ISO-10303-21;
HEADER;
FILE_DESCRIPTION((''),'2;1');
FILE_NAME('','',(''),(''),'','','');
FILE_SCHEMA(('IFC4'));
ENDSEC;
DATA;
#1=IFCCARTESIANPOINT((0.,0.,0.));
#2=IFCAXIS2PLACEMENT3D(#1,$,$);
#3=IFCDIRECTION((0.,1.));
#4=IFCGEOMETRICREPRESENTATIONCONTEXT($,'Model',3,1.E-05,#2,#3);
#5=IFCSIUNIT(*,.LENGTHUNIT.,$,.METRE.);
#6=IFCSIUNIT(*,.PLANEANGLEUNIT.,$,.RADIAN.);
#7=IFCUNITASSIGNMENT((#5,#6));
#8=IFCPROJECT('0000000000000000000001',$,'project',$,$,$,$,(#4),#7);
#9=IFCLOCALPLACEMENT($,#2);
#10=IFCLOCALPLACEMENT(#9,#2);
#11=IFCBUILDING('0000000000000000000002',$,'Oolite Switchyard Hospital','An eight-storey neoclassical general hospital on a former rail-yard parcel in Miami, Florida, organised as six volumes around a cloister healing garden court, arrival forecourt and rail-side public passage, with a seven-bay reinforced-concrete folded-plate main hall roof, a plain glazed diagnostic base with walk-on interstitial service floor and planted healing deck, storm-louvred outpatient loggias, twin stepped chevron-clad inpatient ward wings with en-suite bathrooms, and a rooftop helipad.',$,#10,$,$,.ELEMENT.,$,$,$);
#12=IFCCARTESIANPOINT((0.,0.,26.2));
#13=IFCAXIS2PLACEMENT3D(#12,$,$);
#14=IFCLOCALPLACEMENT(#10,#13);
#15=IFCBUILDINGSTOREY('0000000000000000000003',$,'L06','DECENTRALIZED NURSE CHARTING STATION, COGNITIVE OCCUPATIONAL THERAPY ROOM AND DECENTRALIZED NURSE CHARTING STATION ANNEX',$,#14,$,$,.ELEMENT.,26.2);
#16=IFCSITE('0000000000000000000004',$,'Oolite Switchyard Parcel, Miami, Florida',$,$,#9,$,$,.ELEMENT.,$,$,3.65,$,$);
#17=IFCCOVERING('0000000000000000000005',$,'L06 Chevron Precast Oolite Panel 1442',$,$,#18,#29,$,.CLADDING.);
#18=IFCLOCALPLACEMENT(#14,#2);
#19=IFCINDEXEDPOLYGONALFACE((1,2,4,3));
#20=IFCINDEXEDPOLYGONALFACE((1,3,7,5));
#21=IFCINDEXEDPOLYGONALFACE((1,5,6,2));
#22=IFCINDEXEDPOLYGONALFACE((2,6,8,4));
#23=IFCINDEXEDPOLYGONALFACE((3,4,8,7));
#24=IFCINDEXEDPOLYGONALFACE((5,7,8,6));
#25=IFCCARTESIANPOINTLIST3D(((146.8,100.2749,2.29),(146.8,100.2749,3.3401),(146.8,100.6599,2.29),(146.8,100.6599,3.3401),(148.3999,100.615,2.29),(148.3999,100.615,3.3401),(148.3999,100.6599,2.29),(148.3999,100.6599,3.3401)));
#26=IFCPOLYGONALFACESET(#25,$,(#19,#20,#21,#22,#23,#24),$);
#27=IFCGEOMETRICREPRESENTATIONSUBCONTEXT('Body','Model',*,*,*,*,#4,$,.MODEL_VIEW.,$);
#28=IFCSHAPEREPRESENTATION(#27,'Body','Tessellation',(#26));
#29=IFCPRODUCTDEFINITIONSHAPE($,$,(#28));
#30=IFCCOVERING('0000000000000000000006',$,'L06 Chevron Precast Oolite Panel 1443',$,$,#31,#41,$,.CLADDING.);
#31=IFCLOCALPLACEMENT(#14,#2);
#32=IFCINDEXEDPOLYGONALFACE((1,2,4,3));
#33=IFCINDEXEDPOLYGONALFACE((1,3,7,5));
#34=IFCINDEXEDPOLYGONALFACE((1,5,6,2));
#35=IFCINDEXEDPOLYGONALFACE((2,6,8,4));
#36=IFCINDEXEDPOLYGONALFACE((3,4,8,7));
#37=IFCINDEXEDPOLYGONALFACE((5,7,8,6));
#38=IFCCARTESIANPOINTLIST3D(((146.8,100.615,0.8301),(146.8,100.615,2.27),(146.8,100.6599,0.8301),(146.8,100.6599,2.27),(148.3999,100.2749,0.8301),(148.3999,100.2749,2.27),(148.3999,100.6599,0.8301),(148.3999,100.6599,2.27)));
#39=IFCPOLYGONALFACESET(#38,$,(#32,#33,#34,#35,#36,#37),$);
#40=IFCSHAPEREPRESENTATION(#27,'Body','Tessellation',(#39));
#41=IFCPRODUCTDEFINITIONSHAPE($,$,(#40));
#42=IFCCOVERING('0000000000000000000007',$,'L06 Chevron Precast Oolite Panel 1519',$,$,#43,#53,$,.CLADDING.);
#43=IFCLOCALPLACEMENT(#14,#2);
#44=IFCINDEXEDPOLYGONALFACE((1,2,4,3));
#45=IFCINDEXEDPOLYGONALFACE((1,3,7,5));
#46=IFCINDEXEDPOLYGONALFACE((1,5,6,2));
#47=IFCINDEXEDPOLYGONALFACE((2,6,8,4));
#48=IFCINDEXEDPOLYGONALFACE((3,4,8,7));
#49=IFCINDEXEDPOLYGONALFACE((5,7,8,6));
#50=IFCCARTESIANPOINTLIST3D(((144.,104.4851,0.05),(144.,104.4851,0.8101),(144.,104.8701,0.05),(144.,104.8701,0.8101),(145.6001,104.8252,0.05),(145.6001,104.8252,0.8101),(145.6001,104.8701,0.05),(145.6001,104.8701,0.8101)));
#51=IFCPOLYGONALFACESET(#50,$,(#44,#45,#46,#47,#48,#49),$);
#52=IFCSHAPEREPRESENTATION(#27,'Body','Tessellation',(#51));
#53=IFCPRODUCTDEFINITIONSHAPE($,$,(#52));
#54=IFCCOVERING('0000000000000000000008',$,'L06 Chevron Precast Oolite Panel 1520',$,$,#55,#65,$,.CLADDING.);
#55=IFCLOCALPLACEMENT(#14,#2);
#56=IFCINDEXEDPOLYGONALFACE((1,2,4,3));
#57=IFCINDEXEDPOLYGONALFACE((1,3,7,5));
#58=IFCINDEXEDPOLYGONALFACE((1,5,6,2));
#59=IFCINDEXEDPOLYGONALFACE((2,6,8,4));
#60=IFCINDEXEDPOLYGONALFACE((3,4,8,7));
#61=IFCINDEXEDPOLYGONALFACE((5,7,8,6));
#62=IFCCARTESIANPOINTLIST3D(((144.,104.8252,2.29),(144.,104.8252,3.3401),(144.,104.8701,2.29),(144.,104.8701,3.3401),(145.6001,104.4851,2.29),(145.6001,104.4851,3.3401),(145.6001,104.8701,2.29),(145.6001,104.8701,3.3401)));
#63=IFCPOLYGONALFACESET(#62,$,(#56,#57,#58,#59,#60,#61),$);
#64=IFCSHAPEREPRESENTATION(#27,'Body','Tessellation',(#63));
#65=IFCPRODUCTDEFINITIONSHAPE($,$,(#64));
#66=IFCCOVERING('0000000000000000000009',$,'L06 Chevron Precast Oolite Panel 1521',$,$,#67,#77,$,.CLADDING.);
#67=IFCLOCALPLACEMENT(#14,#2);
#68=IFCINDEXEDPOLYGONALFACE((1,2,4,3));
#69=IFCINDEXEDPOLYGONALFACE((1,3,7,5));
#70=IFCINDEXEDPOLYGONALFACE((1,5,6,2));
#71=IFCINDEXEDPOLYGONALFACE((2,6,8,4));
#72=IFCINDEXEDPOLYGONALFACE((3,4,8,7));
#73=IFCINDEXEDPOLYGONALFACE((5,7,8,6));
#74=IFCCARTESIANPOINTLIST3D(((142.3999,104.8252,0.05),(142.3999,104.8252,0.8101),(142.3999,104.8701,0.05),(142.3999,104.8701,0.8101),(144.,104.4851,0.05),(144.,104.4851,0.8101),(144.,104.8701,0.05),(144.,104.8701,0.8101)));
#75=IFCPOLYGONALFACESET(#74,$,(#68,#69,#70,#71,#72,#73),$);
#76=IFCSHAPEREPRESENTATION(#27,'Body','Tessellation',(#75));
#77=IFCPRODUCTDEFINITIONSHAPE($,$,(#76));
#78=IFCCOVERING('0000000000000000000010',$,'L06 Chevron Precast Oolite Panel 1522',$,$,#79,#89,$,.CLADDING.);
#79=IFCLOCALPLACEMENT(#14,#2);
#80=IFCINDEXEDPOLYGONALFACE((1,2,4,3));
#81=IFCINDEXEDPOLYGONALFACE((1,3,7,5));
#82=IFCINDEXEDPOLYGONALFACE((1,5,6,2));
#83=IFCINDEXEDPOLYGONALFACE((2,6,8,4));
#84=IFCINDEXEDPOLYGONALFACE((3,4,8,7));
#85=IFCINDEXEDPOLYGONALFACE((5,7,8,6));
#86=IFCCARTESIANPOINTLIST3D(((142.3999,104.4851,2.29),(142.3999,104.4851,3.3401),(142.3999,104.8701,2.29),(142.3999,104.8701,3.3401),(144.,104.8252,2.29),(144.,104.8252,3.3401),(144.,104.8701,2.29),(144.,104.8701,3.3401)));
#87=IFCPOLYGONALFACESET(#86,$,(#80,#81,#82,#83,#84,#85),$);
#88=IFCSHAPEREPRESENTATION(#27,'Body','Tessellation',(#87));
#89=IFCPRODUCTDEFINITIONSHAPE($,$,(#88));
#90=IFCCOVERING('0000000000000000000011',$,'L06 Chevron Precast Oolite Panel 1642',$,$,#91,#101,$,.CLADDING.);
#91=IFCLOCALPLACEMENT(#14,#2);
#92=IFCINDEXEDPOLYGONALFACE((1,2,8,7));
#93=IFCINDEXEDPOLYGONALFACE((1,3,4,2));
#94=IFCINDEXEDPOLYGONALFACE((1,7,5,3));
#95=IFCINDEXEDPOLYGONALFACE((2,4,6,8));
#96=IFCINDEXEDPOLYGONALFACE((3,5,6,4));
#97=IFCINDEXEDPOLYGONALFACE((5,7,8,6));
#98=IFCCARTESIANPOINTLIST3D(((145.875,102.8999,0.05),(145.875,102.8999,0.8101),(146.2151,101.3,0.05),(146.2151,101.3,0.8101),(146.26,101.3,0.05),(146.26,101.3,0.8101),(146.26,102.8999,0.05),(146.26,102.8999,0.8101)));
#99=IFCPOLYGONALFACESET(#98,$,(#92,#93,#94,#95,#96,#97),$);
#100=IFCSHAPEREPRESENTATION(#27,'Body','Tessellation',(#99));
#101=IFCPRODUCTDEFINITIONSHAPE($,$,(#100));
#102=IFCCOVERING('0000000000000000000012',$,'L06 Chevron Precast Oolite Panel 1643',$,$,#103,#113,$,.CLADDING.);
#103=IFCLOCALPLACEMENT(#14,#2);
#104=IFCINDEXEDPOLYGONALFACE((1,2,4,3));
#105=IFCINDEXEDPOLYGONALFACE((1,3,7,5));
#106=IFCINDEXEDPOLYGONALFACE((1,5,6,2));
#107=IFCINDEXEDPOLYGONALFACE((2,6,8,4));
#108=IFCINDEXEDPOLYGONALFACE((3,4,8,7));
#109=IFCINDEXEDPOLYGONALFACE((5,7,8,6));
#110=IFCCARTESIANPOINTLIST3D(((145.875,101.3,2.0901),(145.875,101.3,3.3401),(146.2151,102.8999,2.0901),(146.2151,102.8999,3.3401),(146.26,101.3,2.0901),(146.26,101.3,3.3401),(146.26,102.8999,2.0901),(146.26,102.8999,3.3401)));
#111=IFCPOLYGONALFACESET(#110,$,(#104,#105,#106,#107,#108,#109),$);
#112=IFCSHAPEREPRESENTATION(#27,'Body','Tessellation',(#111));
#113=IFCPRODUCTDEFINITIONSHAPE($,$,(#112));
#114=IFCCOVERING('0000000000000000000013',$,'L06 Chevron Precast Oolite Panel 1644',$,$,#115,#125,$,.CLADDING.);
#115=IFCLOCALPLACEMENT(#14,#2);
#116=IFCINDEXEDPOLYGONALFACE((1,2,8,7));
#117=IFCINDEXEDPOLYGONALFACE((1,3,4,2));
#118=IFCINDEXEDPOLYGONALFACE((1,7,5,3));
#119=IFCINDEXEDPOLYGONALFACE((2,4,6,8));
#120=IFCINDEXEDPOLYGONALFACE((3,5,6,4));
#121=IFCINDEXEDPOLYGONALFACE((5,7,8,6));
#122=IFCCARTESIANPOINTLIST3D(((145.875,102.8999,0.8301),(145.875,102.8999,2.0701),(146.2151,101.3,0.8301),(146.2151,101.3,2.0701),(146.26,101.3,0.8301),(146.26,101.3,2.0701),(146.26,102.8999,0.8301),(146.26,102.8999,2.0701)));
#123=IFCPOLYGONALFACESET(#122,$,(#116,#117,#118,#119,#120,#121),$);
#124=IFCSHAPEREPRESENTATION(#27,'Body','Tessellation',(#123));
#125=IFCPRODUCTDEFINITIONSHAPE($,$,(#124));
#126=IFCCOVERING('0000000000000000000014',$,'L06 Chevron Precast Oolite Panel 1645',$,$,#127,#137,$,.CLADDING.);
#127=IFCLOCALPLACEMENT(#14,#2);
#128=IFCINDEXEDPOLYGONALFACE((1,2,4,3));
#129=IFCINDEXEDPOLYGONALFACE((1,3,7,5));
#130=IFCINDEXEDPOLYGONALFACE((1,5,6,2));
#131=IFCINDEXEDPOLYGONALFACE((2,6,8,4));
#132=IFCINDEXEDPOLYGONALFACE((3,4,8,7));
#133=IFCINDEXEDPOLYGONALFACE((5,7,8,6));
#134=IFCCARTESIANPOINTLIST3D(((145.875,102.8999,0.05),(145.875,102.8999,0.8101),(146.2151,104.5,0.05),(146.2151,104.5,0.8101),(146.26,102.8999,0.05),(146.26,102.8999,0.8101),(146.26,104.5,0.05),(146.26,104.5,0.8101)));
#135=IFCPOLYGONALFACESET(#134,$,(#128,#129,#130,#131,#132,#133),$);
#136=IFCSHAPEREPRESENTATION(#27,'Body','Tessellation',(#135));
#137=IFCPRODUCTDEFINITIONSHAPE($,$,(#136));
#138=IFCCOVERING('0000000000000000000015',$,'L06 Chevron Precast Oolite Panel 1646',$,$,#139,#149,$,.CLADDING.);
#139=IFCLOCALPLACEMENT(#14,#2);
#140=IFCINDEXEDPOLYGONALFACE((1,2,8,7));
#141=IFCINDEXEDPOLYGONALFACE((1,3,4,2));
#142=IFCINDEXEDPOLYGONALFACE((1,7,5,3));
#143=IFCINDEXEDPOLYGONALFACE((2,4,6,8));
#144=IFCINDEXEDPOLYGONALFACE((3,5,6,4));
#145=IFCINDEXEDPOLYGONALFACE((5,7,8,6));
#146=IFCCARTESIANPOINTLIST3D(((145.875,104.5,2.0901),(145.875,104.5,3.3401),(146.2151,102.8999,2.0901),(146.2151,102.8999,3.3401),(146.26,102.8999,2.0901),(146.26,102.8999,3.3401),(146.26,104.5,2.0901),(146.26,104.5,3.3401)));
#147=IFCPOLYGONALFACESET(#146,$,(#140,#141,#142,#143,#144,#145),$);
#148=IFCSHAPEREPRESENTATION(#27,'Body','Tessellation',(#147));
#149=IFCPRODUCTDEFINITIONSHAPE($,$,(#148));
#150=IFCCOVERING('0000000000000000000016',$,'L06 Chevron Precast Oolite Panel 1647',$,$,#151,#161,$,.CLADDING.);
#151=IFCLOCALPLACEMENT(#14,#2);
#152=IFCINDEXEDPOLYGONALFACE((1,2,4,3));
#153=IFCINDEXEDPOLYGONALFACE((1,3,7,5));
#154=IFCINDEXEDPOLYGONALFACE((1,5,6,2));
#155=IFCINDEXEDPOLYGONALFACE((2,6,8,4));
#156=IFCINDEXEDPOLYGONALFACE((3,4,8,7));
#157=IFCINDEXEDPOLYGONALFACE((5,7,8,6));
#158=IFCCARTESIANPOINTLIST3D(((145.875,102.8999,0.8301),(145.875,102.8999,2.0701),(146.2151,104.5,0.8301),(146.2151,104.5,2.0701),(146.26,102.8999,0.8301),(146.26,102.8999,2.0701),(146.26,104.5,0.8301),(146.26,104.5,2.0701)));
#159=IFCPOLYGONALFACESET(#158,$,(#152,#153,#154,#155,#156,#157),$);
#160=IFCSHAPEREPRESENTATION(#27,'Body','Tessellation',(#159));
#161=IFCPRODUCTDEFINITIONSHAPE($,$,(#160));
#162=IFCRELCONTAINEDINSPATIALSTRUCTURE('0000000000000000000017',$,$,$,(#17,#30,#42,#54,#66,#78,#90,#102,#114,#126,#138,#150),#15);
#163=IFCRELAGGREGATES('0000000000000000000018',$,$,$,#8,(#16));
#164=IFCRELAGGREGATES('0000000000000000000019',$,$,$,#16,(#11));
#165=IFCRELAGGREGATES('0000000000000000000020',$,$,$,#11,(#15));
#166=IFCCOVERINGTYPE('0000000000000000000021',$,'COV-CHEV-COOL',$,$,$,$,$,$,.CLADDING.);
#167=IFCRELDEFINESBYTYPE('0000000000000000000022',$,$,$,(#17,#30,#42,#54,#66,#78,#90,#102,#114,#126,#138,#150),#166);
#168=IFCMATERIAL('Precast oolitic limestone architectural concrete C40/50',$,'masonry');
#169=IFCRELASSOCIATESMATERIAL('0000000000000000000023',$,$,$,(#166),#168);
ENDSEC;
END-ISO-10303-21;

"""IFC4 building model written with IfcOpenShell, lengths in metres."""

from ifc_helpers import new_model, si_unit, direction, frame, origin, place, context, subcontext, project, spatial, polyline, outline, extrude, material, type_object, element, save


model = new_model("IFC4")

# Units and contexts
model_context = context("Model", 3, precision=1e-05, world=origin(), true_north=direction((0.0, 1.0)))
body_context = subcontext(model_context, "Body", "Model", "MODEL_VIEW")
ifc_project = project(units=[si_unit("LENGTHUNIT", "METRE"), si_unit("PLANEANGLEUNIT", "RADIAN")], contexts=[model_context])

# Site, building, storey
site_placement = place(None, origin())
site = spatial("IfcSite", under=ifc_project, at=site_placement, Name="Oolite Switchyard Parcel, Miami, Florida", CompositionType="ELEMENT", RefElevation=3.65)
building_placement = place(site_placement, origin())
building = spatial("IfcBuilding", under=site, at=building_placement, Name="Oolite Switchyard Hospital", Description="An eight-storey neoclassical general hospital on a former rail-yard parcel in Miami, Florida, organised as six volumes around a cloister healing garden court, arrival forecourt and rail-side public passage, with a seven-bay reinforced-concrete folded-plate main hall roof, a plain glazed diagnostic base with walk-on interstitial service floor and planted healing deck, storm-louvred outpatient loggias, twin stepped chevron-clad inpatient ward wings with en-suite bathrooms, and a rooftop helipad.", CompositionType="ELEMENT")
storey_placement = place(building_placement, frame((0.0, 0.0, 26.2)))
storey = spatial("IfcBuildingStorey", under=building, at=storey_placement, Name="L06", Description="DECENTRALIZED NURSE CHARTING STATION, COGNITIVE OCCUPATIONAL THERAPY ROOM AND DECENTRALIZED NURSE CHARTING STATION ANNEX", CompositionType="ELEMENT", Elevation=26.2)

# Shared definitions
ifc_material_1 = material(Name="Precast oolitic limestone architectural concrete C40/50", Category="masonry")

# Coverings
covering_type = type_object("IfcCoveringType", Name="COV-CHEV-COOL", PredefinedType="CLADDING", material=ifc_material_1)
covering_1_placement = place(storey_placement, frame((148.3999, 100.6599, 2.29), z_axis=(0.0, 0.0, 1.0), x_axis=(-1.0, 0.0, 0.0)))
element("IfcCovering", 1, at=covering_1_placement, inside=storey, type_object=covering_type, Name="L06 Chevron Precast Oolite Panel 1442", PredefinedType="CLADDING", context=body_context, shape_type="SweptSolid", body=[
    extrude(outline(polyline([(0.0, 0.0), (1.5999, 0.0), (1.5999, 0.385), (0.0, 0.0449), (0.0, 0.0)])), origin(), (0.0, 0.0, 1.0), 1.05),
])
covering_2_placement = place(storey_placement, frame((148.3999, 100.6599, 0.8301), z_axis=(0.0, 0.0, 1.0), x_axis=(-1.0, 0.0, 0.0)))
element("IfcCovering", 2, at=covering_2_placement, inside=storey, type_object=covering_type, Name="L06 Chevron Precast Oolite Panel 1443", PredefinedType="CLADDING", context=body_context, shape_type="SweptSolid", body=[
    extrude(outline(polyline([(0.0, 0.0), (1.5999, 0.0), (1.5999, 0.0449), (0.0, 0.385), (0.0, 0.0)])), origin(), (0.0, 0.0, 1.0), 1.4399),
])
covering_3_placement = place(storey_placement, frame((145.6001, 104.8701, 0.05), z_axis=(0.0, 0.0, 1.0), x_axis=(-1.0, 0.0, 0.0)))
element("IfcCovering", 3, at=covering_3_placement, inside=storey, type_object=covering_type, Name="L06 Chevron Precast Oolite Panel 1519", PredefinedType="CLADDING", context=body_context, shape_type="SweptSolid", body=[
    extrude(outline(polyline([(0.0, 0.0), (1.6001, 0.0), (1.6001, 0.385), (0.0, 0.0449), (0.0, 0.0)])), origin(), (0.0, 0.0, 1.0), 0.76),
])
covering_4_placement = place(storey_placement, frame((145.6001, 104.8701, 2.29), z_axis=(0.0, 0.0, 1.0), x_axis=(-1.0, 0.0, 0.0)))
element("IfcCovering", 4, at=covering_4_placement, inside=storey, type_object=covering_type, Name="L06 Chevron Precast Oolite Panel 1520", PredefinedType="CLADDING", context=body_context, shape_type="SweptSolid", body=[
    extrude(outline(polyline([(0.0, 0.0), (1.6001, 0.0), (1.6001, 0.0449), (0.0, 0.385), (0.0, 0.0)])), origin(), (0.0, 0.0, 1.0), 1.05),
])
covering_5_placement = place(storey_placement, frame((144.0, 104.8701, 0.05), z_axis=(0.0, 0.0, 1.0), x_axis=(-1.0, 0.0, 0.0)))
element("IfcCovering", 5, at=covering_5_placement, inside=storey, type_object=covering_type, Name="L06 Chevron Precast Oolite Panel 1521", PredefinedType="CLADDING", context=body_context, shape_type="SweptSolid", body=[
    extrude(outline(polyline([(0.0, 0.0), (1.6001, 0.0), (1.6001, 0.0449), (0.0, 0.385), (0.0, 0.0)])), origin(), (0.0, 0.0, 1.0), 0.76),
])
covering_6_placement = place(storey_placement, frame((144.0, 104.8701, 2.29), z_axis=(0.0, 0.0, 1.0), x_axis=(-1.0, 0.0, 0.0)))
element("IfcCovering", 6, at=covering_6_placement, inside=storey, type_object=covering_type, Name="L06 Chevron Precast Oolite Panel 1522", PredefinedType="CLADDING", context=body_context, shape_type="SweptSolid", body=[
    extrude(outline(polyline([(0.0, 0.0), (1.6001, 0.0), (1.6001, 0.385), (0.0, 0.0449), (0.0, 0.0)])), origin(), (0.0, 0.0, 1.0), 1.05),
])
covering_7_placement = place(storey_placement, frame((146.26, 101.3, 0.05), z_axis=(0.0, 0.0, 1.0), x_axis=(0.0, 1.0, 0.0)))
element("IfcCovering", 7, at=covering_7_placement, inside=storey, type_object=covering_type, Name="L06 Chevron Precast Oolite Panel 1642", PredefinedType="CLADDING", context=body_context, shape_type="SweptSolid", body=[
    extrude(outline(polyline([(0.0, 0.0), (1.5999, 0.0), (1.5999, 0.385), (0.0, 0.0449), (0.0, 0.0)])), origin(), (0.0, 0.0, 1.0), 0.76),
])
covering_8_placement = place(storey_placement, frame((146.26, 101.3, 2.0901), z_axis=(0.0, 0.0, 1.0), x_axis=(0.0, 1.0, 0.0)))
element("IfcCovering", 8, at=covering_8_placement, inside=storey, type_object=covering_type, Name="L06 Chevron Precast Oolite Panel 1643", PredefinedType="CLADDING", context=body_context, shape_type="SweptSolid", body=[
    extrude(outline(polyline([(0.0, 0.0), (1.5999, 0.0), (1.5999, 0.0449), (0.0, 0.385), (0.0, 0.0)])), origin(), (0.0, 0.0, 1.0), 1.25),
])
covering_9_placement = place(storey_placement, frame((146.26, 101.3, 0.8301), z_axis=(0.0, 0.0, 1.0), x_axis=(0.0, 1.0, 0.0)))
element("IfcCovering", 9, at=covering_9_placement, inside=storey, type_object=covering_type, Name="L06 Chevron Precast Oolite Panel 1644", PredefinedType="CLADDING", context=body_context, shape_type="SweptSolid", body=[
    extrude(outline(polyline([(0.0, 0.0), (1.5999, 0.0), (1.5999, 0.385), (0.0, 0.0449), (0.0, 0.0)])), origin(), (0.0, 0.0, 1.0), 1.24),
])
covering_10_placement = place(storey_placement, frame((146.26, 102.8999, 0.05), z_axis=(0.0, 0.0, 1.0), x_axis=(0.0, 1.0, 0.0)))
element("IfcCovering", 10, at=covering_10_placement, inside=storey, type_object=covering_type, Name="L06 Chevron Precast Oolite Panel 1645", PredefinedType="CLADDING", context=body_context, shape_type="SweptSolid", body=[
    extrude(outline(polyline([(0.0, 0.0), (1.6001, 0.0), (1.6001, 0.0449), (0.0, 0.385), (0.0, 0.0)])), origin(), (0.0, 0.0, 1.0), 0.76),
])
covering_11_placement = place(storey_placement, frame((146.26, 102.8999, 2.0901), z_axis=(0.0, 0.0, 1.0), x_axis=(0.0, 1.0, 0.0)))
element("IfcCovering", 11, at=covering_11_placement, inside=storey, type_object=covering_type, Name="L06 Chevron Precast Oolite Panel 1646", PredefinedType="CLADDING", context=body_context, shape_type="SweptSolid", body=[
    extrude(outline(polyline([(0.0, 0.0), (1.6001, 0.0), (1.6001, 0.385), (0.0, 0.0449), (0.0, 0.0)])), origin(), (0.0, 0.0, 1.0), 1.25),
])
covering_12_placement = place(storey_placement, frame((146.26, 102.8999, 0.8301), z_axis=(0.0, 0.0, 1.0), x_axis=(0.0, 1.0, 0.0)))
element("IfcCovering", 12, at=covering_12_placement, inside=storey, type_object=covering_type, Name="L06 Chevron Precast Oolite Panel 1647", PredefinedType="CLADDING", context=body_context, shape_type="SweptSolid", body=[
    extrude(outline(polyline([(0.0, 0.0), (1.6001, 0.0), (1.6001, 0.0449), (0.0, 0.385), (0.0, 0.0)])), origin(), (0.0, 0.0, 1.0), 1.24),
])

save(model, "model.ifc")
